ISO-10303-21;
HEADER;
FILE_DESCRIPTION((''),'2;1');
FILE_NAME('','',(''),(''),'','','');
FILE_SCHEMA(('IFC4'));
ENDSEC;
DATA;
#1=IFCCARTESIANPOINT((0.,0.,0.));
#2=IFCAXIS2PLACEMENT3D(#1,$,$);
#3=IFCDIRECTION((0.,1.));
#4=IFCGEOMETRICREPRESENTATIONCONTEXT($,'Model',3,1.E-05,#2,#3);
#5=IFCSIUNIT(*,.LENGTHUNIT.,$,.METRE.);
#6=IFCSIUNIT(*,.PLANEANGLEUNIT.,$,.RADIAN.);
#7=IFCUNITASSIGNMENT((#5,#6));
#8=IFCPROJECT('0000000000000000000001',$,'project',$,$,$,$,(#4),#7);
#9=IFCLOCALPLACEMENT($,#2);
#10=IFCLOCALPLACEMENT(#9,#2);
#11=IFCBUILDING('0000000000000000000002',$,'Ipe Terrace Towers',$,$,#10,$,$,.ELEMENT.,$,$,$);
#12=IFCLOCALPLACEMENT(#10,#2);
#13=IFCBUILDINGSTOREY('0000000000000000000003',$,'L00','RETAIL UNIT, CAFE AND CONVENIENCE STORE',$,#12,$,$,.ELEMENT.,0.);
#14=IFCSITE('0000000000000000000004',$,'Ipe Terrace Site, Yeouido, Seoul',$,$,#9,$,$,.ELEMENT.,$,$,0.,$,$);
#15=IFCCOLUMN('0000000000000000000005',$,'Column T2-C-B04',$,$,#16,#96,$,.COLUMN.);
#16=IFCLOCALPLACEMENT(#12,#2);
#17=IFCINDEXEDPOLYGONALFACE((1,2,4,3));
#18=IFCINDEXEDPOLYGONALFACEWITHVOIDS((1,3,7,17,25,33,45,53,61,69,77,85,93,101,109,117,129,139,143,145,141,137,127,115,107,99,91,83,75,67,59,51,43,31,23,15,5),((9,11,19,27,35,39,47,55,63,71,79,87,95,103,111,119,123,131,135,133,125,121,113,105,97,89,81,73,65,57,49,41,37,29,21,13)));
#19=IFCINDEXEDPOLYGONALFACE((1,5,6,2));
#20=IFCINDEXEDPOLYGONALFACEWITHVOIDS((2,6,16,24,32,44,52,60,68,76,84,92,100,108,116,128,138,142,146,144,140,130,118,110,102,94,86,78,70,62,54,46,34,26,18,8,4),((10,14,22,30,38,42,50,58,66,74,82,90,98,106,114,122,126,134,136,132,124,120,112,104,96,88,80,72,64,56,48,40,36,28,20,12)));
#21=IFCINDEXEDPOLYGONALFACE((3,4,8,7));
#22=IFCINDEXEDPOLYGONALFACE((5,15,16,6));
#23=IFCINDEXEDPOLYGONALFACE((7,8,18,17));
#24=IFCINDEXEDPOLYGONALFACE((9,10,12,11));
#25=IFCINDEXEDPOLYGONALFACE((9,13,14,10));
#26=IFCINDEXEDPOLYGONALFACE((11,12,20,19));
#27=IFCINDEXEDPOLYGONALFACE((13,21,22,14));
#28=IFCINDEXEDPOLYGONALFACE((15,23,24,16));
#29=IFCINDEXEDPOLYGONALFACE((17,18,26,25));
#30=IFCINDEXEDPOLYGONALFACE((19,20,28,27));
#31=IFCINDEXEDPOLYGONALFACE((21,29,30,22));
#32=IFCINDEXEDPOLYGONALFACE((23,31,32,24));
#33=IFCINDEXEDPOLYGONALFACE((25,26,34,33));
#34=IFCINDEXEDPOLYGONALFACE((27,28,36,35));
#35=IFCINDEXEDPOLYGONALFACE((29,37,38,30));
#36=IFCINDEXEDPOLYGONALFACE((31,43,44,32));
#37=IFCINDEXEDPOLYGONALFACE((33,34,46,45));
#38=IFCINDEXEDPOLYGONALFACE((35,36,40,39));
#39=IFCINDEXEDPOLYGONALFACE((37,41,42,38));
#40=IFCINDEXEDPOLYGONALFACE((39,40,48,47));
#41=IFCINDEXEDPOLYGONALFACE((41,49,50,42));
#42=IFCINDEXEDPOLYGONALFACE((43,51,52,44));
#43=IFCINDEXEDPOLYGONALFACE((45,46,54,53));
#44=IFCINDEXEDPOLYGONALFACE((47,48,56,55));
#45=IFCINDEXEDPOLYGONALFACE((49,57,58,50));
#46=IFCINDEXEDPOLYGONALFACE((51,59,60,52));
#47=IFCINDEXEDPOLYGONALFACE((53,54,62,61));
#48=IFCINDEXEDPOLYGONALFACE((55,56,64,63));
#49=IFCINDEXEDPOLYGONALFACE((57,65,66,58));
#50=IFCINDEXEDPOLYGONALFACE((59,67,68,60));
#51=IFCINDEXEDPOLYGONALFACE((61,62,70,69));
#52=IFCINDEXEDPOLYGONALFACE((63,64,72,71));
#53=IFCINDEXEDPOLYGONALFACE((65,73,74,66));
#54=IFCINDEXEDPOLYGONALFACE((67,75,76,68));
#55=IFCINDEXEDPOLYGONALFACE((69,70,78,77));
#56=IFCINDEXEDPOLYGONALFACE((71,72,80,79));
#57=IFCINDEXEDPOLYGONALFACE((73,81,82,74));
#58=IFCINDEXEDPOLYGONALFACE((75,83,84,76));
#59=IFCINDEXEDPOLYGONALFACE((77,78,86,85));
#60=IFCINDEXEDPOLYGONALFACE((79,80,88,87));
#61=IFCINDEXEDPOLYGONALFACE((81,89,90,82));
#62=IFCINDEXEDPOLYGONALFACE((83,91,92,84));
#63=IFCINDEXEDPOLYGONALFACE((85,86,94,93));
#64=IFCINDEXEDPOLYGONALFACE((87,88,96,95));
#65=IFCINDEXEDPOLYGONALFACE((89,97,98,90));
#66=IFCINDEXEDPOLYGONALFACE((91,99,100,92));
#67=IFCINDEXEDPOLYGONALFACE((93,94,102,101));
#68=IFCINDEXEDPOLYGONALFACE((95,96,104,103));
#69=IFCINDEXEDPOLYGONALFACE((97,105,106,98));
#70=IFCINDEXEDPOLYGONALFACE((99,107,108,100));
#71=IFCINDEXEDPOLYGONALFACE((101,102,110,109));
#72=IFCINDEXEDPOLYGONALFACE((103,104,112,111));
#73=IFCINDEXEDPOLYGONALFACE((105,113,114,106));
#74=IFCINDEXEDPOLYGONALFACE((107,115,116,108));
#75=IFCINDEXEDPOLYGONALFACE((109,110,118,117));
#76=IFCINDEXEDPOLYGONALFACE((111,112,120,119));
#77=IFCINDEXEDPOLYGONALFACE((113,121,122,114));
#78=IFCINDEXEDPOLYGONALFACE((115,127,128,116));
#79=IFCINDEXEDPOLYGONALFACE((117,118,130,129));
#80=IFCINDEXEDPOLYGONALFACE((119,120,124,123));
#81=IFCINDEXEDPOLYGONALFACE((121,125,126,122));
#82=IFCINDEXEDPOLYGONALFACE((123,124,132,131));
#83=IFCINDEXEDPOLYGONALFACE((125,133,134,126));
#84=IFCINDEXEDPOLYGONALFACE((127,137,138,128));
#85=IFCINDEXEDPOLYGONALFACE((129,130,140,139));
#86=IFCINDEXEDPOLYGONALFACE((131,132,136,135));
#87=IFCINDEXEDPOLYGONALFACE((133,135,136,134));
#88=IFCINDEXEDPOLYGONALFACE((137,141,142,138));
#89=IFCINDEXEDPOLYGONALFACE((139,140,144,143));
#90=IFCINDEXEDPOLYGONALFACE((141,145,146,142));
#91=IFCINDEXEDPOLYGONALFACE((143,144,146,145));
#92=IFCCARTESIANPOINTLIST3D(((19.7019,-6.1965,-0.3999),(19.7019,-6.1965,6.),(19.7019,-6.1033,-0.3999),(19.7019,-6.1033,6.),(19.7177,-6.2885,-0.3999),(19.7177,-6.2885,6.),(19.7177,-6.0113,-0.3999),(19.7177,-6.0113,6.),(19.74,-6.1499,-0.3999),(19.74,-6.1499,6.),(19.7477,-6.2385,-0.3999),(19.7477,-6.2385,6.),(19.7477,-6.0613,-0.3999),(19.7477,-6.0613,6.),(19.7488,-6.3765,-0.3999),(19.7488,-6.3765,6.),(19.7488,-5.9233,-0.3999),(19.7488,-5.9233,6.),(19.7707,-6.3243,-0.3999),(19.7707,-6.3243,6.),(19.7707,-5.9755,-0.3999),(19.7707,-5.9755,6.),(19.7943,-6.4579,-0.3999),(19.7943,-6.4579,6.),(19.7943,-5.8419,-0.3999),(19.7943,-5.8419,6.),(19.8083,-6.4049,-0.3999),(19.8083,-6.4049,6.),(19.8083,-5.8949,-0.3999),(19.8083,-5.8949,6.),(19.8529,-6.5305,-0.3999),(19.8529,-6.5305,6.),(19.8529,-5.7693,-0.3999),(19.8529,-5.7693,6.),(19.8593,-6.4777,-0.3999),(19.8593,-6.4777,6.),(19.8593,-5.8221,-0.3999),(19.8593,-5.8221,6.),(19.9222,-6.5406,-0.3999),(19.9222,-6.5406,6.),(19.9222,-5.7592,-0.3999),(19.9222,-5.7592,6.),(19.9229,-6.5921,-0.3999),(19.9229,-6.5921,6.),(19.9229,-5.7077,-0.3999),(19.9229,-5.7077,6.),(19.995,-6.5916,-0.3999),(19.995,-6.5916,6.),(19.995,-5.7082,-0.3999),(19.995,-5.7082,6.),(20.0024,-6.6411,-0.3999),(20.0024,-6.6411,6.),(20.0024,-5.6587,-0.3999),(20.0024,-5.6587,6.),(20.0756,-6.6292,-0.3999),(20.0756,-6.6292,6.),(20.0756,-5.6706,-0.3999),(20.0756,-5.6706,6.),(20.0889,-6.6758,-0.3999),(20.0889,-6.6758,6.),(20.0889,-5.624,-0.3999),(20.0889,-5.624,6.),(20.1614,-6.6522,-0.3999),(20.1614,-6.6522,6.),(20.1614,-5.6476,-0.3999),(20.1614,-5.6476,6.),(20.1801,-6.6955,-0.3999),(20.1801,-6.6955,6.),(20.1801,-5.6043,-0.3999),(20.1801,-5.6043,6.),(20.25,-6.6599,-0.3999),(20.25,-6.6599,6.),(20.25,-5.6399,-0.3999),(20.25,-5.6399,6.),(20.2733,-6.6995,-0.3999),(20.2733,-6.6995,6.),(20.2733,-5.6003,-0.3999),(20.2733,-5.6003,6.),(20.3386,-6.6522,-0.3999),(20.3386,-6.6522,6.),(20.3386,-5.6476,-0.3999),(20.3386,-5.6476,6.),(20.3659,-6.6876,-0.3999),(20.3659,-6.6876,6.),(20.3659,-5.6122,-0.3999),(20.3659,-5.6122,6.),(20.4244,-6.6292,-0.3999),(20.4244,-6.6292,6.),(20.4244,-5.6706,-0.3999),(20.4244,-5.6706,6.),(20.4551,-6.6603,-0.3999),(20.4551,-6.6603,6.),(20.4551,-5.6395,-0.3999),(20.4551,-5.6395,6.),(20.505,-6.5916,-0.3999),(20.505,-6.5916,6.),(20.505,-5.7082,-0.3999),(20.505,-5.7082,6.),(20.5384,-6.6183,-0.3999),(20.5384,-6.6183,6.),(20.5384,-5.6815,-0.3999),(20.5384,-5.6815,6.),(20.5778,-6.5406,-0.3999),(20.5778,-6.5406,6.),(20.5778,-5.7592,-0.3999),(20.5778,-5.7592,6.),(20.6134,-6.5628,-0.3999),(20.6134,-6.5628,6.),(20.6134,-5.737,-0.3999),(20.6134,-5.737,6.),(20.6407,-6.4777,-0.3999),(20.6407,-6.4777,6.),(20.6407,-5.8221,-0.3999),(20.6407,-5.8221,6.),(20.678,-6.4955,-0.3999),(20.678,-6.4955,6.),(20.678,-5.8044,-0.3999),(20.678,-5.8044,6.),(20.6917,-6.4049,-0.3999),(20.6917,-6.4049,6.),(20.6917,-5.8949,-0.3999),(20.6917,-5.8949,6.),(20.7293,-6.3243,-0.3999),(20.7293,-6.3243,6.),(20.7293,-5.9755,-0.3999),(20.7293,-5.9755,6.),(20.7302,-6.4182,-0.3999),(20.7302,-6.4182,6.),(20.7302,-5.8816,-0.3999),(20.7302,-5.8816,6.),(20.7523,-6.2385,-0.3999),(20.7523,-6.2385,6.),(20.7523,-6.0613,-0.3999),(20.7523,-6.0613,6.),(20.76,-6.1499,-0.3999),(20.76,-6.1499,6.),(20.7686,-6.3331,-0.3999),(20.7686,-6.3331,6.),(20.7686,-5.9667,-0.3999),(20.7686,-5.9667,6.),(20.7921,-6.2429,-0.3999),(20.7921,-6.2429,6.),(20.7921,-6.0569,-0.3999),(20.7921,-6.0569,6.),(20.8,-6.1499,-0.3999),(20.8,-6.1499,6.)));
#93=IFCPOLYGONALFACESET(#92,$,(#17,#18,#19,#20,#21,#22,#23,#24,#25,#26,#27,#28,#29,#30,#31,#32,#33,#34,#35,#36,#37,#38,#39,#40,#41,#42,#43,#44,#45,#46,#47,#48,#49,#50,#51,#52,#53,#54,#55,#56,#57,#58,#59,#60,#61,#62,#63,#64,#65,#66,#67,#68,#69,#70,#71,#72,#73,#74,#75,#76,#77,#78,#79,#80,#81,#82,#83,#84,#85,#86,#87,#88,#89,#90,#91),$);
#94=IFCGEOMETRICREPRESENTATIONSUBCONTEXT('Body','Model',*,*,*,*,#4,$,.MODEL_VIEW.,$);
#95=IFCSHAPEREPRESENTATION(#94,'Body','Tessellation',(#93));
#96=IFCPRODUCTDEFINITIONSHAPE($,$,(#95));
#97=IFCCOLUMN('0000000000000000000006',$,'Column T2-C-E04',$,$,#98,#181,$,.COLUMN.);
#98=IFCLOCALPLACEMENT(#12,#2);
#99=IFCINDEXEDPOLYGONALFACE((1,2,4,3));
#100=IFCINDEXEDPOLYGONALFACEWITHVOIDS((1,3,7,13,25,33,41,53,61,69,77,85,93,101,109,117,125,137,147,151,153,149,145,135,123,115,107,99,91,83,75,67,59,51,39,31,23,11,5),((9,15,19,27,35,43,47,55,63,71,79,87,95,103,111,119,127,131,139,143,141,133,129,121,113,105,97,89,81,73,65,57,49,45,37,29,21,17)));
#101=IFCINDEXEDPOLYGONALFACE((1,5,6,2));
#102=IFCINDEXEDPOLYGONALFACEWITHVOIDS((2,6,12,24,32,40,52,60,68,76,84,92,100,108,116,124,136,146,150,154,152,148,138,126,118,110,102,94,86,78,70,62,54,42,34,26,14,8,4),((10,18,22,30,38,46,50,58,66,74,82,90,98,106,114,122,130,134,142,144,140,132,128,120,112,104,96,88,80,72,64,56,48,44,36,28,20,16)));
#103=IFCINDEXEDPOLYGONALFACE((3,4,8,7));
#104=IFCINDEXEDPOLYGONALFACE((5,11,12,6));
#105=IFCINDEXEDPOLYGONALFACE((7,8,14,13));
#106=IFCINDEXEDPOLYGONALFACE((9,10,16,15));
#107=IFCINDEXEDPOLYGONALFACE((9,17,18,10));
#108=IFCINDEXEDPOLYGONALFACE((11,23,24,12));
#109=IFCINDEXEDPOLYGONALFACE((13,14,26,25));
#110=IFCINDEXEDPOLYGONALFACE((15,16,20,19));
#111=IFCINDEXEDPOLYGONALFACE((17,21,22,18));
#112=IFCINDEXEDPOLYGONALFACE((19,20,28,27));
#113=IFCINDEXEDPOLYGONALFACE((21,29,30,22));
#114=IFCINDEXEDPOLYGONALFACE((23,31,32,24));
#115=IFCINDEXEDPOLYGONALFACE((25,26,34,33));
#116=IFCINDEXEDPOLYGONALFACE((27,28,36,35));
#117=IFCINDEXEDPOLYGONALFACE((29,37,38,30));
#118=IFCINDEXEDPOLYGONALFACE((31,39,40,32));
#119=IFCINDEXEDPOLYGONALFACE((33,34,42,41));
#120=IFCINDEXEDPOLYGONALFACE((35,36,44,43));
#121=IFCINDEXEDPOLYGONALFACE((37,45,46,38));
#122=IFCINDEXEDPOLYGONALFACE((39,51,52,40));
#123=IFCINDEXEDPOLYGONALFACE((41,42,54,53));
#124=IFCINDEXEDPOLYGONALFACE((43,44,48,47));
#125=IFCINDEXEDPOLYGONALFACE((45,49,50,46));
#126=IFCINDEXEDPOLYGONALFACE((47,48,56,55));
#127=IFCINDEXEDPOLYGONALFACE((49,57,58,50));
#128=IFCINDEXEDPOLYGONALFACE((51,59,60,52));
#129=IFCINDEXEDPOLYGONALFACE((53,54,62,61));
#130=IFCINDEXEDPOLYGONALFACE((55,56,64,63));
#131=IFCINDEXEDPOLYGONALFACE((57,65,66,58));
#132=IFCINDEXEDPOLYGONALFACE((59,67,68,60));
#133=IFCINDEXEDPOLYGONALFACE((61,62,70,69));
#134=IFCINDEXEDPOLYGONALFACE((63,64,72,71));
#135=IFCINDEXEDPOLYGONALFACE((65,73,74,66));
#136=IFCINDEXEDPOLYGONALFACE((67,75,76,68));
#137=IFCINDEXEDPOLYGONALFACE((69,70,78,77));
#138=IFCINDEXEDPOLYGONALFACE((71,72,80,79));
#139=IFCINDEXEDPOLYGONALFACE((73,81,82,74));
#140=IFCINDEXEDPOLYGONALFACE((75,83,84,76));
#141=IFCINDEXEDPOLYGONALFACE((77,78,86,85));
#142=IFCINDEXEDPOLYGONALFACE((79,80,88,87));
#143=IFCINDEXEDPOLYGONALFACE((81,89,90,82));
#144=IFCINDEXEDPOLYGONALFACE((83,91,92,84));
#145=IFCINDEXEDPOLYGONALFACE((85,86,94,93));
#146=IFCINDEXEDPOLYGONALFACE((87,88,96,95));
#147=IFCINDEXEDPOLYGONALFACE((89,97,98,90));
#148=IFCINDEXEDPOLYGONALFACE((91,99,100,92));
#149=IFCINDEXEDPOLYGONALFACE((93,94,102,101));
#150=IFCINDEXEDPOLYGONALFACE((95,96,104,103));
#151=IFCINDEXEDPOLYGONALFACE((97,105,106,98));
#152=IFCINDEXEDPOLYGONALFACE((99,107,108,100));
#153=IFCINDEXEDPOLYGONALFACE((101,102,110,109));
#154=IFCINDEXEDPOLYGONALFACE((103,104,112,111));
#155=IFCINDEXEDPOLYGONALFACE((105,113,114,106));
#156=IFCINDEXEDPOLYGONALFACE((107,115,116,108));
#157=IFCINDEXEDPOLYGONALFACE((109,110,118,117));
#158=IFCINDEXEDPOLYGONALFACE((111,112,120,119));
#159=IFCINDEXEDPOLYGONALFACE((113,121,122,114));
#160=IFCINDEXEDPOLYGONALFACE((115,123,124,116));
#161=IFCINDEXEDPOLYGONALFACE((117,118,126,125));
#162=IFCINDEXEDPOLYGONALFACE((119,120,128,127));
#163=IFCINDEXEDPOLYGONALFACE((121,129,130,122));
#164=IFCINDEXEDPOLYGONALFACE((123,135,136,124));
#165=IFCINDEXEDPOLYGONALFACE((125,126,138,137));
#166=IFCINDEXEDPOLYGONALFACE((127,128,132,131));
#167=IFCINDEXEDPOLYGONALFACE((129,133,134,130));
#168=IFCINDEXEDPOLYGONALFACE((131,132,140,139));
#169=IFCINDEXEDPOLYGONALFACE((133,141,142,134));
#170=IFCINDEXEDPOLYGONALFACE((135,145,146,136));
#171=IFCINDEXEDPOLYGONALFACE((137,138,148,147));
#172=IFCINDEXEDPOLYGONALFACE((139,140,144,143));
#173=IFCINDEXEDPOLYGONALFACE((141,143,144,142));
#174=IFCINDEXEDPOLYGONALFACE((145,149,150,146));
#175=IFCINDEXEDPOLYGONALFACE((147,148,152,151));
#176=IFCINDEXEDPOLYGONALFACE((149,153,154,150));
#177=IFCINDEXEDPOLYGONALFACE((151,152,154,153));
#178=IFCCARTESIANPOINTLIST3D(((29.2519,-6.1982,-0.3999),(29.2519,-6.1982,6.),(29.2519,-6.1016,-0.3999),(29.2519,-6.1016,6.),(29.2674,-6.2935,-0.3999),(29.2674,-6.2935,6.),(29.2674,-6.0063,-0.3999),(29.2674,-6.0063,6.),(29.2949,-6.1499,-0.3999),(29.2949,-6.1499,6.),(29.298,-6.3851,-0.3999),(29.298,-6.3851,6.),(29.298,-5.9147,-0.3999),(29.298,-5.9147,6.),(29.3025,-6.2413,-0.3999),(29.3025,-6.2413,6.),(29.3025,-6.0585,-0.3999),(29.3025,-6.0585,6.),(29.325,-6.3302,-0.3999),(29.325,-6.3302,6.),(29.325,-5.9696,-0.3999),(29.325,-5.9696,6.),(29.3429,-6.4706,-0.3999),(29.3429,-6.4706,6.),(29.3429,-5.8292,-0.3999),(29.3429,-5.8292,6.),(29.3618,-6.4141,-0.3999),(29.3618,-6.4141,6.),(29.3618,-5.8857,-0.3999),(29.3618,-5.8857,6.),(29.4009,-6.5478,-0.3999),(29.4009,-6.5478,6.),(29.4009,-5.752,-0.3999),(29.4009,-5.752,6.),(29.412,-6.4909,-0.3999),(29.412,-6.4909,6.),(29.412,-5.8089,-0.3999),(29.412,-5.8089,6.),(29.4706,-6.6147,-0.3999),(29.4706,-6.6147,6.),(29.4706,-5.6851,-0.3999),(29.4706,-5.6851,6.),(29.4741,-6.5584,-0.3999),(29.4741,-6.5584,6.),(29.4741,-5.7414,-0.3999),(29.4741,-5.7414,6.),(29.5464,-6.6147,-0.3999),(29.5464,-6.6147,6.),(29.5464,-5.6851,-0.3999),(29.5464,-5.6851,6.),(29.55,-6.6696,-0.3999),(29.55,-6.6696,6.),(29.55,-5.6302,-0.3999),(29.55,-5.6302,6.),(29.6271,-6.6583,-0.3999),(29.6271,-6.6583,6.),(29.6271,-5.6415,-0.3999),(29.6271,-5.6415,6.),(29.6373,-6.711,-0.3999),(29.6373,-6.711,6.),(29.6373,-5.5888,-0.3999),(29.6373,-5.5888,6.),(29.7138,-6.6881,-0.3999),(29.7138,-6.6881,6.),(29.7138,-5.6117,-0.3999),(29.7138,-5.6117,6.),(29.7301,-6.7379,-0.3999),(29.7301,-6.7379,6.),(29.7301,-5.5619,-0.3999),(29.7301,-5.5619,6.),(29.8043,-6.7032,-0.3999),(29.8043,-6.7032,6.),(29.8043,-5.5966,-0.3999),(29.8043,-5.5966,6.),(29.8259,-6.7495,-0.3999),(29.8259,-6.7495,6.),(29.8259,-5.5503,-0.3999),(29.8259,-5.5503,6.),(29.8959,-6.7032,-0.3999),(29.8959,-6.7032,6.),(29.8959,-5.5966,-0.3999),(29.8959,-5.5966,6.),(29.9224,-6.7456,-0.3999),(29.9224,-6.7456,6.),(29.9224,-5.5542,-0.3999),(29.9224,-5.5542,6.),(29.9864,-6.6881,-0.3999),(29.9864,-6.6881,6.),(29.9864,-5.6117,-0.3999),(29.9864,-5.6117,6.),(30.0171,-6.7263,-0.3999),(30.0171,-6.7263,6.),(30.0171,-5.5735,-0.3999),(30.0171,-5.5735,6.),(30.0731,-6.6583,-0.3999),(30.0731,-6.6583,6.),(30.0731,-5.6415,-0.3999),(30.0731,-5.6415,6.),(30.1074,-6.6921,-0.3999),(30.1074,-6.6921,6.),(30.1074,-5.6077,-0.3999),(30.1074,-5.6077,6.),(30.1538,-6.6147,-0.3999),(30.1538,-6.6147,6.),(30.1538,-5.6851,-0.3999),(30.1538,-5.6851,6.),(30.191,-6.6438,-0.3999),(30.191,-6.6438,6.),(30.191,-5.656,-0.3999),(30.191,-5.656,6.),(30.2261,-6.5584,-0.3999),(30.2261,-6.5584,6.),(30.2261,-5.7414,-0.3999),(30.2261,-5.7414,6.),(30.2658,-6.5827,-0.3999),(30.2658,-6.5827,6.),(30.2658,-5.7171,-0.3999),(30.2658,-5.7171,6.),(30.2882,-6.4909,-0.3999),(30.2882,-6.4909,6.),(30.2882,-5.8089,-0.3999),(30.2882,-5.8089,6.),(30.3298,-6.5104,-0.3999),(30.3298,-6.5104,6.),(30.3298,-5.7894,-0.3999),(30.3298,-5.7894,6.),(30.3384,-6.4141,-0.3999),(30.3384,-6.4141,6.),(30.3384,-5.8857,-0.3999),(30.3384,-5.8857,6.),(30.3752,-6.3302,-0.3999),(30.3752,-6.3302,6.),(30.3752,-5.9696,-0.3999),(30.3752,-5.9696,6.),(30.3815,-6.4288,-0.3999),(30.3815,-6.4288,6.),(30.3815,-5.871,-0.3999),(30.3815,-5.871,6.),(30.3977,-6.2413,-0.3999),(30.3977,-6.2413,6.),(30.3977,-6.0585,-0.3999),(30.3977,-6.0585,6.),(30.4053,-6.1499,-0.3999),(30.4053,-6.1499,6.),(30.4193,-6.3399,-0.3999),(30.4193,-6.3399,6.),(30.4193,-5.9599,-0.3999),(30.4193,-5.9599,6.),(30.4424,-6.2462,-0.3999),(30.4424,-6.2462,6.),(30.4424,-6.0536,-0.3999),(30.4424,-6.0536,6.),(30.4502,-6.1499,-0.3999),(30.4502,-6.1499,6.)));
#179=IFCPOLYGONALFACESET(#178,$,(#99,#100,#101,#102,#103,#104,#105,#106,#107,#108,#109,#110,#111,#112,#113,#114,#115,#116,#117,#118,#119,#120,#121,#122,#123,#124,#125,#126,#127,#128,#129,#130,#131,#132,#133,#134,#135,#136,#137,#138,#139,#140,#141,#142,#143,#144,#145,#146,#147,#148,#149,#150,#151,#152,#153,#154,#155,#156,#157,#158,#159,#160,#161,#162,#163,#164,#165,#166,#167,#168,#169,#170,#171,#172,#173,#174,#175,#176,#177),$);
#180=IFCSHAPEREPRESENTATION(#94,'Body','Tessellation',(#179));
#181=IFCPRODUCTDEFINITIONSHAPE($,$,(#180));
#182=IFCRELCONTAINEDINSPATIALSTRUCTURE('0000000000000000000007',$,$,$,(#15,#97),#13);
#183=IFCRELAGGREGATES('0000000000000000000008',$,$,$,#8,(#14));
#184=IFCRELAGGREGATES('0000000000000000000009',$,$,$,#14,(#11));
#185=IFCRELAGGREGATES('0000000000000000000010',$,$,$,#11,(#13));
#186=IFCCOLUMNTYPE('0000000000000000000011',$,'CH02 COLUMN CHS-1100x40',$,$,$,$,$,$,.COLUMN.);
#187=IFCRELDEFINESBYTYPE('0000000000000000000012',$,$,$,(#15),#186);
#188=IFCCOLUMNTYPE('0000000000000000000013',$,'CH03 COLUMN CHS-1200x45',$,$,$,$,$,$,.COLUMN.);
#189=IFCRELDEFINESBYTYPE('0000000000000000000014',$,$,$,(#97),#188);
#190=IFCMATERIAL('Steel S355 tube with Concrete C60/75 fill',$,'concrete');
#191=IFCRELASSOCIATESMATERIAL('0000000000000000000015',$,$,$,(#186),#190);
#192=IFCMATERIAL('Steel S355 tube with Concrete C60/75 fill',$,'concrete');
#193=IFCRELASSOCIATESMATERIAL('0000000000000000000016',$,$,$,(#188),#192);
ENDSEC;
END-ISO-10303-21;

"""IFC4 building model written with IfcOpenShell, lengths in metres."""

from ifc_helpers import new_model, si_unit, direction, frame, origin, origin_2d, place, context, subcontext, project, spatial, hollow_circle, extrude, material, material_profile, profile_set, type_object, element, save


model = new_model("IFC4")

# Units and contexts
model_context = context("Model", 3, precision=1e-05, world=origin(), true_north=direction((0.0, 1.0)))
body_context = subcontext(model_context, "Body", "Model", "MODEL_VIEW")
ifc_project = project(units=[si_unit("LENGTHUNIT", "METRE"), si_unit("PLANEANGLEUNIT", "RADIAN")], contexts=[model_context])

# Site, building, storey
site_placement = place(None, origin())
site = spatial("IfcSite", under=ifc_project, at=site_placement, Name="Ipe Terrace Site, Yeouido, Seoul", CompositionType="ELEMENT", RefElevation=0.0)
building_placement = place(site_placement, origin())
building = spatial("IfcBuilding", under=site, at=building_placement, Name="Ipe Terrace Towers", CompositionType="ELEMENT")
storey_placement = place(building_placement, origin())
storey = spatial("IfcBuildingStorey", under=building, at=storey_placement, Name="L00", Description="RETAIL UNIT, CAFE AND CONVENIENCE STORE", CompositionType="ELEMENT", Elevation=0.0)

# Columns
ifc_material_1 = material(Name="Steel S355 tube with Concrete C60/75 fill", Category="concrete")
ifc_material_profile_1 = material_profile(ifc_material_1, hollow_circle(Radius=0.55, WallThickness=0.04, at=origin_2d()), Name="CHS-1100x40")
ifc_profile_set_1 = profile_set([ifc_material_profile_1], Name="Steel S355 tube with Concrete C60/75 fill")
column_type_1 = type_object("IfcColumnType", Name="CH02 COLUMN CHS-1100x40", PredefinedType="COLUMN", material=ifc_profile_set_1)
column_1_placement = place(storey_placement, frame((20.25, -6.1499, -0.3999), z_axis=(0.0, 0.0, 1.0), x_axis=(1.0, 0.0, 0.0)))
element("IfcColumn", 1, at=column_1_placement, inside=storey, type_object=column_type_1, Name="Column T2-C-B04", PredefinedType="COLUMN", context=body_context, shape_type="SweptSolid", body=[
    extrude(hollow_circle(Radius=0.55, WallThickness=0.04, at=origin_2d()), origin(), (0.0, 0.0, 1.0), 6.3999),
])
ifc_material_2 = material(Name="Steel S355 tube with Concrete C60/75 fill", Category="concrete")
ifc_material_profile_2 = material_profile(ifc_material_2, hollow_circle(Radius=0.6001, WallThickness=0.0449, at=origin_2d()), Name="CHS-1200x45")
ifc_profile_set_2 = profile_set([ifc_material_profile_2], Name="Steel S355 tube with Concrete C60/75 fill")
column_type_2 = type_object("IfcColumnType", Name="CH03 COLUMN CHS-1200x45", PredefinedType="COLUMN", material=ifc_profile_set_2)
column_2_placement = place(storey_placement, frame((29.8501, -6.1499, -0.3999), z_axis=(0.0, 0.0, 1.0), x_axis=(1.0, 0.0, 0.0)))
element("IfcColumn", 2, at=column_2_placement, inside=storey, type_object=column_type_2, Name="Column T2-C-E04", PredefinedType="COLUMN", context=body_context, shape_type="SweptSolid", body=[
    extrude(hollow_circle(Radius=0.6001, WallThickness=0.0449, at=origin_2d()), origin(), (0.0, 0.0, 1.0), 6.3999),
])

save(model, "model.ifc")
